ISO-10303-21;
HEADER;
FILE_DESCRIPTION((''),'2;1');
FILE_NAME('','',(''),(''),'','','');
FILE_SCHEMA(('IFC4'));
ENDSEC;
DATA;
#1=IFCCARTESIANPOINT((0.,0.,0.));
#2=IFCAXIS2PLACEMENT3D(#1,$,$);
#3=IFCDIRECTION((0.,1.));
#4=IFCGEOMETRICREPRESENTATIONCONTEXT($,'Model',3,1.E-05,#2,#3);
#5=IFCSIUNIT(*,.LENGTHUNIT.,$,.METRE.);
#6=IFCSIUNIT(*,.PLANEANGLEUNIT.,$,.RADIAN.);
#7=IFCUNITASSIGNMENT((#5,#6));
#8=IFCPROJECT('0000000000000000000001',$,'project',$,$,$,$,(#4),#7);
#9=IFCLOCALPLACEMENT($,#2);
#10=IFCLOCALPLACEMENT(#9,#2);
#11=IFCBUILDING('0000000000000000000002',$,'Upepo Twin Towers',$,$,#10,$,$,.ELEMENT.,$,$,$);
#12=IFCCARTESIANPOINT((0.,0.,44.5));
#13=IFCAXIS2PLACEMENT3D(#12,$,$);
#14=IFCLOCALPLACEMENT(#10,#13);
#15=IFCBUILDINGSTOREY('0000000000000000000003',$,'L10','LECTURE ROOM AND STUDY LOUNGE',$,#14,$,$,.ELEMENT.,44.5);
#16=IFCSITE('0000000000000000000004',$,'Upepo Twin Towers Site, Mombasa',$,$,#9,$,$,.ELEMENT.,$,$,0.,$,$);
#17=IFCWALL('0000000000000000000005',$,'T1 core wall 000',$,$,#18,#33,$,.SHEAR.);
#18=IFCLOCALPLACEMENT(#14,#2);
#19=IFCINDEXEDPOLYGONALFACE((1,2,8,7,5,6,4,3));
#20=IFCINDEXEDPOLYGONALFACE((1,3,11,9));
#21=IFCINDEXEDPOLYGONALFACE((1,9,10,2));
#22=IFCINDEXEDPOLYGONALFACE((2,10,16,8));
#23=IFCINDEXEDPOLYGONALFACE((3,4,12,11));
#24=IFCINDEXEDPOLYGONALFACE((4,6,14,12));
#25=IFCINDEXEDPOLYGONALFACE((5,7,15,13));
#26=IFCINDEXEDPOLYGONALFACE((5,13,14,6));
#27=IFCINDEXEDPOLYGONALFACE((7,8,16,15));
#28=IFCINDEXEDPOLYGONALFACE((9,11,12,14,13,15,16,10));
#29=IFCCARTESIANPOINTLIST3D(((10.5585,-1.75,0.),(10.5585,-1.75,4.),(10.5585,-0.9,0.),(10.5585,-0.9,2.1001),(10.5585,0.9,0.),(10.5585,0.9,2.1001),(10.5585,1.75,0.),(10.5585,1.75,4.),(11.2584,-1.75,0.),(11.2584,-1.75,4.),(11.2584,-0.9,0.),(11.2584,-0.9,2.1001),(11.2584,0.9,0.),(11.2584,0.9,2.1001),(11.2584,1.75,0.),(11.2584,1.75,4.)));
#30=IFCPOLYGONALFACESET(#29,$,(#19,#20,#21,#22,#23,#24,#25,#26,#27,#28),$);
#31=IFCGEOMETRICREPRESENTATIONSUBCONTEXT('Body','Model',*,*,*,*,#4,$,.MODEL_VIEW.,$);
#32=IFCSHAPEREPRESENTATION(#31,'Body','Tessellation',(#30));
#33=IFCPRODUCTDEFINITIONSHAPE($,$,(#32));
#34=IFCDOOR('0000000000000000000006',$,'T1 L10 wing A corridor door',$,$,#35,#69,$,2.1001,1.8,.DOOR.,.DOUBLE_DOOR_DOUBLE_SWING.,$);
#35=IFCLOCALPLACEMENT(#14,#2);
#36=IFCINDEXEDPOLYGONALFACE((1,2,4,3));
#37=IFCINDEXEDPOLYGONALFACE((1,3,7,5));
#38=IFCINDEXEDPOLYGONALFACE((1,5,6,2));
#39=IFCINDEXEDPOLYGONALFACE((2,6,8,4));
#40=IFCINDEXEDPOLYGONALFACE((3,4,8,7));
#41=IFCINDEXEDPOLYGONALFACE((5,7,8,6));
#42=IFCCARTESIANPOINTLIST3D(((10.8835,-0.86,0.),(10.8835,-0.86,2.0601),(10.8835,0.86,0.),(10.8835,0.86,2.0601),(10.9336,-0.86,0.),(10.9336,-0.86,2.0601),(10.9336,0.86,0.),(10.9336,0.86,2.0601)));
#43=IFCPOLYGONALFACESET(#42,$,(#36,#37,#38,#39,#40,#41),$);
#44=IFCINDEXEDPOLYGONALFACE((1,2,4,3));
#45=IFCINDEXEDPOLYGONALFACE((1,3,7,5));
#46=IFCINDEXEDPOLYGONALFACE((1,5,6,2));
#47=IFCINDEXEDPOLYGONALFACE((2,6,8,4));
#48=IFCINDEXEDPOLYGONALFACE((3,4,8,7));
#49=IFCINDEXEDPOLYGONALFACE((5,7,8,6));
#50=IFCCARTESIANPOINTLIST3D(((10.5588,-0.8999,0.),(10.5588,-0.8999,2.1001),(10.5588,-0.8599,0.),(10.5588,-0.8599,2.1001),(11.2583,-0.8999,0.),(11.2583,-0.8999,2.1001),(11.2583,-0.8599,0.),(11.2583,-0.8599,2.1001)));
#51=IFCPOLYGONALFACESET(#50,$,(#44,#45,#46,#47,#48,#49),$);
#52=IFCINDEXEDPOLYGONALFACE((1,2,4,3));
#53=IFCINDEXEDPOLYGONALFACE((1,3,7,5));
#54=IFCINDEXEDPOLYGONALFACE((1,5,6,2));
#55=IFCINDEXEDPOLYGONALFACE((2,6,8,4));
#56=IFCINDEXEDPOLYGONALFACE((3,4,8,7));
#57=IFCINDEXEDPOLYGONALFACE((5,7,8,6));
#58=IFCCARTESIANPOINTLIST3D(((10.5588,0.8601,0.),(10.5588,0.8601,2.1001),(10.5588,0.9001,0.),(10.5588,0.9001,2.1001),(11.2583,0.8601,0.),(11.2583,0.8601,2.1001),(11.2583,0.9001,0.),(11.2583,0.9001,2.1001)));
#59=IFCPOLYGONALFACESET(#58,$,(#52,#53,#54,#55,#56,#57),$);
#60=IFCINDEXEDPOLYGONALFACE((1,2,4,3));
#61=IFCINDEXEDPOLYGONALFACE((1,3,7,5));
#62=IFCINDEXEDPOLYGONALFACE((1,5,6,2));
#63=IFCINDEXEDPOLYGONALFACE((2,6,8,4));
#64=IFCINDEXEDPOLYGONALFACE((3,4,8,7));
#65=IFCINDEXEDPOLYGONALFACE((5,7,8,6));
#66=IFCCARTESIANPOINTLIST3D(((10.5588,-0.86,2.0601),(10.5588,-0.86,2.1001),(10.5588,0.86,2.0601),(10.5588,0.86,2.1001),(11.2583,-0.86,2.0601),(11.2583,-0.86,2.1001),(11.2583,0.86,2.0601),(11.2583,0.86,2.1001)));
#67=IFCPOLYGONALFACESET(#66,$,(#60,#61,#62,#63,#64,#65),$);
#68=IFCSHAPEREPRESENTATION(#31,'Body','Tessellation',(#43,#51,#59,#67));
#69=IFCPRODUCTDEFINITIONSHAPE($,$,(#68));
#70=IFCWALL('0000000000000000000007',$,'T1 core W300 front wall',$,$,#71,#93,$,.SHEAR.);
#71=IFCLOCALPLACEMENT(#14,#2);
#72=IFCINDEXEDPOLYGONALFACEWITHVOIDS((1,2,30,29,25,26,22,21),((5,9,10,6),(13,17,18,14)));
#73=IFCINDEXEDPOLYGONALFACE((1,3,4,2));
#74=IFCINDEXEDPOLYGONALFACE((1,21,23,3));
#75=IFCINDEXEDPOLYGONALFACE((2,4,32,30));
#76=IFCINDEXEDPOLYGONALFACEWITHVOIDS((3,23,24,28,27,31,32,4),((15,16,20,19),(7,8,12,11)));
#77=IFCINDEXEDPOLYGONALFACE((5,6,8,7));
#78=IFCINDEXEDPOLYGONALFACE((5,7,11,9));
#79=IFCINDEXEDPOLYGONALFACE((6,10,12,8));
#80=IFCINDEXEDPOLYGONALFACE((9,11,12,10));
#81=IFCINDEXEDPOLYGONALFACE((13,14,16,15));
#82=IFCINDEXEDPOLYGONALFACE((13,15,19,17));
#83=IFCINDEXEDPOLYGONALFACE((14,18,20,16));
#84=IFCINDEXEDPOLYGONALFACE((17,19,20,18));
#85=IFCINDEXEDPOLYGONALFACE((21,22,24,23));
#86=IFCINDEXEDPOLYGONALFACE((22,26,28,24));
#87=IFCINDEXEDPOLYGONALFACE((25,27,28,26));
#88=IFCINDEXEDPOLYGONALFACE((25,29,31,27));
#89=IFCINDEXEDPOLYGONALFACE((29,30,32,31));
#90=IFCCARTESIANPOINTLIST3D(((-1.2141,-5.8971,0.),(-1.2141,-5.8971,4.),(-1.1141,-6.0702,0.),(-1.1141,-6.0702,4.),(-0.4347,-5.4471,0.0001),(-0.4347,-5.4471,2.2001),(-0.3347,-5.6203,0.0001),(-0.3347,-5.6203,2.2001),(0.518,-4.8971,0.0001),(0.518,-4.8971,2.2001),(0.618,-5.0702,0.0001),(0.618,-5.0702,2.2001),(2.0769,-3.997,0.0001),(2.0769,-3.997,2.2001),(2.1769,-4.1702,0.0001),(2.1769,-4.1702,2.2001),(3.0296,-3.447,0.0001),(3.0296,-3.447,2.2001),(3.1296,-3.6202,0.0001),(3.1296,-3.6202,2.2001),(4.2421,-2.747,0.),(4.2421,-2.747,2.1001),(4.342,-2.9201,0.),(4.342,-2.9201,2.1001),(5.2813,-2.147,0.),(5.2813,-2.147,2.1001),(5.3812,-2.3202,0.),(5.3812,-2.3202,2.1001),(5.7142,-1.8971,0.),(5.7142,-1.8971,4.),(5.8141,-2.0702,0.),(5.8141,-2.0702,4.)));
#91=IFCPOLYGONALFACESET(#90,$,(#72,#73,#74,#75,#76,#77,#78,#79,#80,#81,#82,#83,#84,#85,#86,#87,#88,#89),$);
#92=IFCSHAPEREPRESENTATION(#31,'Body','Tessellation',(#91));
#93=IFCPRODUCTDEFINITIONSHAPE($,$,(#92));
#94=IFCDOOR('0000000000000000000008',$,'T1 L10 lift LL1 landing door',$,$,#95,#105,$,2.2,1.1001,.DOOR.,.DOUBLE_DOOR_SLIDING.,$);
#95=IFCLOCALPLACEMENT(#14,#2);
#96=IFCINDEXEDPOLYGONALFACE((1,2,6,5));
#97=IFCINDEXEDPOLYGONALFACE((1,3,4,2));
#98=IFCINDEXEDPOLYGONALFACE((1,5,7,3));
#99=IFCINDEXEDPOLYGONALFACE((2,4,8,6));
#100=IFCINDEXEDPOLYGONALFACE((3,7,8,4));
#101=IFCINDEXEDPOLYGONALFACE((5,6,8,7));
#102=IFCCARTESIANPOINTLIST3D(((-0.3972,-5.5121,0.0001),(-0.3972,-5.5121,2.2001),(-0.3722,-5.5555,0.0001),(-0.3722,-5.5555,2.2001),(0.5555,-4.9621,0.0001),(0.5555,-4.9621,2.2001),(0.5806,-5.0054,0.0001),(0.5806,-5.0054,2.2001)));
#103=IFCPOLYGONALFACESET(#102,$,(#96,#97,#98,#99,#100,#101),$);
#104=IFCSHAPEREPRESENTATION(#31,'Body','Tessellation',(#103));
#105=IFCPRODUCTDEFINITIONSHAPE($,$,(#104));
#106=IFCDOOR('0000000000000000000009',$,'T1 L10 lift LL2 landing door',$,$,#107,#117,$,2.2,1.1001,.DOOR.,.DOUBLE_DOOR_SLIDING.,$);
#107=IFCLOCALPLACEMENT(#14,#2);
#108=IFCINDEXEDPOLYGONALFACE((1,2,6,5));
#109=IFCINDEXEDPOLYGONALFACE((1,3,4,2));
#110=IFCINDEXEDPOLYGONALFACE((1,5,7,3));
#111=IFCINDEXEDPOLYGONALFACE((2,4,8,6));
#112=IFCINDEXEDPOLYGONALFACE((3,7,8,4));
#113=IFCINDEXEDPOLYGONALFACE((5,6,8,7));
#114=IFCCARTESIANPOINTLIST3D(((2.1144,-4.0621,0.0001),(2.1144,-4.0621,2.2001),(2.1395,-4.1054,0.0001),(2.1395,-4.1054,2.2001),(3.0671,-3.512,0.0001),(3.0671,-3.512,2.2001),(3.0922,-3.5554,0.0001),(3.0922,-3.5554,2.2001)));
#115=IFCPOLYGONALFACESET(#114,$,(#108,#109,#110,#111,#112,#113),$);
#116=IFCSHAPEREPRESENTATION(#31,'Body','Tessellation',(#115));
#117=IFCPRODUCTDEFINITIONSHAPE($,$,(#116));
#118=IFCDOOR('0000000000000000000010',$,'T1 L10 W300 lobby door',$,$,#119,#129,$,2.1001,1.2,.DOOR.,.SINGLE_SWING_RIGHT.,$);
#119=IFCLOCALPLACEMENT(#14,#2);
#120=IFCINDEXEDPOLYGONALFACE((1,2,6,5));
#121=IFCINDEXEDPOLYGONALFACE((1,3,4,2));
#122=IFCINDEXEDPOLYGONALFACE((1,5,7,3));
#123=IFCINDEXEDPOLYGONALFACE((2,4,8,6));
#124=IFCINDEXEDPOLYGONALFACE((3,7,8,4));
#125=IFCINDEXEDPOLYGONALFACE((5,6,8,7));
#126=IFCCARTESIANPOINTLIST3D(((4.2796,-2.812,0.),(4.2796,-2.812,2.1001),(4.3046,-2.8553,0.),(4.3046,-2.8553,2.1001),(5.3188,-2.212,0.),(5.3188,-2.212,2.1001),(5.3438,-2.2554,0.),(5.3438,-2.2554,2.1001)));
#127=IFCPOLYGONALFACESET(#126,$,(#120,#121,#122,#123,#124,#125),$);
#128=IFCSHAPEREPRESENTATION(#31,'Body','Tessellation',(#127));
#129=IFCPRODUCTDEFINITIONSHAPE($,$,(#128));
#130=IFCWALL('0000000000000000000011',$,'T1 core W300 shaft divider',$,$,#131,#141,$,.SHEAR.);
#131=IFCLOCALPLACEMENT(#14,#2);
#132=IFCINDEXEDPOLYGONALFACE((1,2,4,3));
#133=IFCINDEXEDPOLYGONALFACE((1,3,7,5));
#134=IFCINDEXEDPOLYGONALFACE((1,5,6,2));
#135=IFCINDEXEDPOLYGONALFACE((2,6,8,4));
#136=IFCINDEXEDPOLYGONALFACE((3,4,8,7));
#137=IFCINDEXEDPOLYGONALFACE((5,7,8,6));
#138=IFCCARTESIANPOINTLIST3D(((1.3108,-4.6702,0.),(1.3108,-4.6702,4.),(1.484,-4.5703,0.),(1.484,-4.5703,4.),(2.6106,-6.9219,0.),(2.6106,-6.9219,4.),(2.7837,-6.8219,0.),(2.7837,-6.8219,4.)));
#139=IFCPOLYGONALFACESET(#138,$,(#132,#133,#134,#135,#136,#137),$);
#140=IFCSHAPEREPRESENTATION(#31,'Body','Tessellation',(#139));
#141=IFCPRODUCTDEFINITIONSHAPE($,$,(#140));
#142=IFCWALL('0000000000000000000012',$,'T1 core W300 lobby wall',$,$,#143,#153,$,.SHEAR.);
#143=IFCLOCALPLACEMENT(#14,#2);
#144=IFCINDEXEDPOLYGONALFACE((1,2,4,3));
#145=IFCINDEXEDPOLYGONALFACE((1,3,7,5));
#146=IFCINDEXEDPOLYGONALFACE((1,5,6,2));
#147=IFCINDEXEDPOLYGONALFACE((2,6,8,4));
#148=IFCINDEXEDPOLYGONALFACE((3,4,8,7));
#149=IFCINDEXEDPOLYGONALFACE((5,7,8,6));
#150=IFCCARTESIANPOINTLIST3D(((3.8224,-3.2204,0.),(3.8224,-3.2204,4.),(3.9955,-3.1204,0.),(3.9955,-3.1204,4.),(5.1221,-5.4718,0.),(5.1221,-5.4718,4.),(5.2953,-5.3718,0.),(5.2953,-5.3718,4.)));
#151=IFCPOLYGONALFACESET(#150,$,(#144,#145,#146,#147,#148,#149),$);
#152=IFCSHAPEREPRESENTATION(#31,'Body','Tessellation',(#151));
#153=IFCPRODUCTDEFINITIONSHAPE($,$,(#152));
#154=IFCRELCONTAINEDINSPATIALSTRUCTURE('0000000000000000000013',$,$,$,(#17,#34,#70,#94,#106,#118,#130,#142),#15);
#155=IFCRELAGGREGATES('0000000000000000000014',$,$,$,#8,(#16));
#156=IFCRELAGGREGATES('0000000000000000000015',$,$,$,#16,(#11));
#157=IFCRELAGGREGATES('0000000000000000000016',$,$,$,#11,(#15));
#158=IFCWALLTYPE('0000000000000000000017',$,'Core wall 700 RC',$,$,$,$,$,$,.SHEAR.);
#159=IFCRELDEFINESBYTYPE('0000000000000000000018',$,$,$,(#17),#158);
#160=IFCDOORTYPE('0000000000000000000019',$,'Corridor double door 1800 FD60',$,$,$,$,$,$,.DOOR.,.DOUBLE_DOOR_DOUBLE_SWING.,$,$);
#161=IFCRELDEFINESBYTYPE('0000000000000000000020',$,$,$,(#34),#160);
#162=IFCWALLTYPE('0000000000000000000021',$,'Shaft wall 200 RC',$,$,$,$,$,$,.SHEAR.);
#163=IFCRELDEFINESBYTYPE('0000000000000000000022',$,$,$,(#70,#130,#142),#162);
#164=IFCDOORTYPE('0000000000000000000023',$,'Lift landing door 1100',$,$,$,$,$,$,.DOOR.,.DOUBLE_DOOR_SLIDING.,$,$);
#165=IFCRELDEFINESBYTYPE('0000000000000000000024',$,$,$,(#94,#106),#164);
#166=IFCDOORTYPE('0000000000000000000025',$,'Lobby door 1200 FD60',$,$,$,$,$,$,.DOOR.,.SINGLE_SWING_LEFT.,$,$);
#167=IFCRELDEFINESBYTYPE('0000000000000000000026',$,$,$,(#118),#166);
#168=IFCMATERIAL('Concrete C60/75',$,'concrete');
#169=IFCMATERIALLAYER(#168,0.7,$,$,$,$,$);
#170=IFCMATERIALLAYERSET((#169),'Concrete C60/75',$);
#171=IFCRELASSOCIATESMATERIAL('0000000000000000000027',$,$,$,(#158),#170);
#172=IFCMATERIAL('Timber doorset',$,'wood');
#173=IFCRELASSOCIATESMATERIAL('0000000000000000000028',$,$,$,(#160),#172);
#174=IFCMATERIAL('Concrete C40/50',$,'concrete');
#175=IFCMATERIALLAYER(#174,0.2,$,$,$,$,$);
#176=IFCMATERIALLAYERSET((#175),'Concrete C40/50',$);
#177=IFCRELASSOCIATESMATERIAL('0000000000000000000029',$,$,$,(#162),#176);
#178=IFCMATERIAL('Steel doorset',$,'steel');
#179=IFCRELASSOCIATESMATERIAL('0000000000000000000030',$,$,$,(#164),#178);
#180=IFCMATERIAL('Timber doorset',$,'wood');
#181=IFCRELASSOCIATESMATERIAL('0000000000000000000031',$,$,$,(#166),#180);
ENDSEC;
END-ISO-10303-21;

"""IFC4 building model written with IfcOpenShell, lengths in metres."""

from ifc_helpers import new_model, si_unit, direction, frame, frame_2d, origin, place, context, subcontext, project, spatial, rectangle, extrude, material, layer, layer_set, type_object, element, fill, save


model = new_model("IFC4")

# Units and contexts
model_context = context("Model", 3, precision=1e-05, world=origin(), true_north=direction((0.0, 1.0)))
body_context = subcontext(model_context, "Body", "Model", "MODEL_VIEW")
ifc_project = project(units=[si_unit("LENGTHUNIT", "METRE"), si_unit("PLANEANGLEUNIT", "RADIAN")], contexts=[model_context])

# Site, building, storey
site_placement = place(None, origin())
site = spatial("IfcSite", under=ifc_project, at=site_placement, Name="Upepo Twin Towers Site, Mombasa", CompositionType="ELEMENT", RefElevation=0.0)
building_placement = place(site_placement, origin())
building = spatial("IfcBuilding", under=site, at=building_placement, Name="Upepo Twin Towers", CompositionType="ELEMENT")
storey_placement = place(building_placement, frame((0.0, 0.0, 44.5)))
storey = spatial("IfcBuildingStorey", under=building, at=storey_placement, Name="L10", Description="LECTURE ROOM AND STUDY LOUNGE", CompositionType="ELEMENT", Elevation=44.5)

# Shared definitions
ifc_material_1 = material(Name="Concrete C60/75", Category="concrete")
ifc_layer_1 = layer(ifc_material_1, 0.7)
ifc_layer_set_1 = layer_set([ifc_layer_1], Name="Concrete C60/75")
wall_type_1 = type_object("IfcWallType", Name="Core wall 700 RC", PredefinedType="SHEAR", material=ifc_layer_set_1)

# Wall, opening, door
wall_1_placement = place(storey_placement, frame((10.9084, -1.75, 0.0), z_axis=(0.0, 0.0, 1.0), x_axis=(0.0, 1.0, 0.0)))
wall_1 = element("IfcWall", 1, at=wall_1_placement, inside=storey, type_object=wall_type_1, Name="T1 core wall 000", PredefinedType="SHEAR", context=body_context, shape_type="SweptSolid", body=[
    extrude(rectangle(XDim=3.5, YDim=0.7, at=frame_2d((1.75, 0.0))), origin(), (0.0, 0.0, 1.0), 4.0),
])
opening_1_placement = place(wall_1_placement, frame((0.8501, 0.0, 0.0)))
opening_1 = element("IfcOpeningElement", 2, at=opening_1_placement, cuts=wall_1, PredefinedType="OPENING", context=body_context, shape_type="SweptSolid", body=[
    extrude(rectangle(XDim=1.8, YDim=2.1001, at=frame_2d((0.8999, 1.05))), frame((0.0, 0.3599, 0.0), z_axis=(0.0, -1.0, 0.0), x_axis=(1.0, 0.0, 0.0)), (0.0, 0.0, 1.0), 0.72),
])
ifc_material_2 = material(Name="Timber doorset", Category="wood")
door_type_1 = type_object("IfcDoorType", Name="Corridor double door 1800 FD60", OperationType="DOUBLE_DOOR_DOUBLE_SWING", PredefinedType="DOOR", material=ifc_material_2)
door_1_placement = place(opening_1_placement, origin())
door_1 = element("IfcDoor", 3, at=door_1_placement, inside=storey, type_object=door_type_1, Name="T1 L10 wing A corridor door", OperationType="DOUBLE_DOOR_DOUBLE_SWING", OverallHeight=2.1001, OverallWidth=1.8, PredefinedType="DOOR", context=body_context, shape_type="SweptSolid", body=[
    extrude(rectangle(XDim=1.72, YDim=2.0601, at=frame_2d((0.8999, 1.03))), frame((0.0, 0.0249, 0.0), z_axis=(0.0, -1.0, 0.0), x_axis=(1.0, 0.0, 0.0)), (0.0, 0.0, 1.0), 0.05),
    extrude(rectangle(XDim=0.04, YDim=2.1001, at=frame_2d((0.02, 1.05))), frame((0.0, 0.3496, 0.0), z_axis=(0.0, -1.0, 0.0), x_axis=(1.0, 0.0, 0.0)), (0.0, 0.0, 1.0), 0.6995),
    extrude(rectangle(XDim=0.04, YDim=2.1001, at=frame_2d((1.78, 1.05))), frame((0.0, 0.3496, 0.0), z_axis=(0.0, -1.0, 0.0), x_axis=(1.0, 0.0, 0.0)), (0.0, 0.0, 1.0), 0.6995),
    extrude(rectangle(XDim=1.72, YDim=0.04, at=frame_2d((0.8999, 2.0801))), frame((0.0, 0.3496, 0.0), z_axis=(0.0, -1.0, 0.0), x_axis=(1.0, 0.0, 0.0)), (0.0, 0.0, 1.0), 0.6995),
])
fill(opening_1, door_1)

# Wall, openings, doors
ifc_material_3 = material(Name="Concrete C40/50", Category="concrete")
ifc_layer_2 = layer(ifc_material_3, 0.2)
ifc_layer_set_2 = layer_set([ifc_layer_2], Name="Concrete C40/50")
wall_type_2 = type_object("IfcWallType", Name="Shaft wall 200 RC", PredefinedType="SHEAR", material=ifc_layer_set_2)
wall_2_placement = place(storey_placement, frame((-1.1641, -5.9836, 0.0), z_axis=(0.0, 0.0, 1.0), x_axis=(0.866026, 0.499999, 0.0)))
wall_2 = element("IfcWall", 4, at=wall_2_placement, inside=storey, type_object=wall_type_2, Name="T1 core W300 front wall", PredefinedType="SHEAR", context=body_context, shape_type="SweptSolid", body=[
    extrude(rectangle(XDim=8.0, YDim=0.2, at=frame_2d((4.0, 0.0))), origin(), (0.0, 0.0, 1.0), 4.0),
])
opening_2_placement = place(wall_2_placement, frame((6.3, 0.0, 0.0)))
opening_2 = element("IfcOpeningElement", 5, at=opening_2_placement, cuts=wall_2, PredefinedType="OPENING", context=body_context, shape_type="SweptSolid", body=[
    extrude(rectangle(XDim=1.2, YDim=2.1001, at=frame_2d((0.6001, 1.05))), frame((0.0, 0.1099, 0.0), z_axis=(0.0, -1.0, 0.0), x_axis=(1.0, 0.0, 0.0)), (0.0, 0.0, 1.0), 0.22),
])
opening_3_placement = place(wall_2_placement, frame((0.8999, 0.0, 0.0)))
opening_3 = element("IfcOpeningElement", 6, at=opening_3_placement, cuts=wall_2, PredefinedType="OPENING", context=body_context, shape_type="SweptSolid", body=[
    extrude(rectangle(XDim=1.1001, YDim=2.2, at=frame_2d((0.55, 1.1001))), frame((0.0, 0.1099, 0.0), z_axis=(0.0, -1.0, 0.0), x_axis=(1.0, 0.0, 0.0)), (0.0, 0.0, 1.0), 0.22),
])
opening_4_placement = place(wall_2_placement, frame((3.8, 0.0, 0.0)))
opening_4 = element("IfcOpeningElement", 7, at=opening_4_placement, cuts=wall_2, PredefinedType="OPENING", context=body_context, shape_type="SweptSolid", body=[
    extrude(rectangle(XDim=1.1001, YDim=2.2, at=frame_2d((0.55, 1.1001))), frame((0.0, 0.1099, 0.0), z_axis=(0.0, -1.0, 0.0), x_axis=(1.0, 0.0, 0.0)), (0.0, 0.0, 1.0), 0.22),
])
ifc_material_4 = material(Name="Steel doorset", Category="steel")
door_type_2 = type_object("IfcDoorType", Name="Lift landing door 1100", OperationType="DOUBLE_DOOR_SLIDING", PredefinedType="DOOR", material=ifc_material_4)
door_2_placement = place(opening_3_placement, origin())
door_2 = element("IfcDoor", 8, at=door_2_placement, inside=storey, type_object=door_type_2, Name="T1 L10 lift LL1 landing door", OperationType="DOUBLE_DOOR_SLIDING", OverallHeight=2.2, OverallWidth=1.1001, PredefinedType="DOOR", context=body_context, shape_type="SweptSolid", body=[
    extrude(rectangle(XDim=1.1001, YDim=2.2, at=frame_2d((0.55, 1.1001))), frame((0.0, 0.0249, 0.0), z_axis=(0.0, -1.0, 0.0), x_axis=(1.0, 0.0, 0.0)), (0.0, 0.0, 1.0), 0.05),
])
fill(opening_3, door_2)
door_3_placement = place(opening_4_placement, origin())
door_3 = element("IfcDoor", 9, at=door_3_placement, inside=storey, type_object=door_type_2, Name="T1 L10 lift LL2 landing door", OperationType="DOUBLE_DOOR_SLIDING", OverallHeight=2.2, OverallWidth=1.1001, PredefinedType="DOOR", context=body_context, shape_type="SweptSolid", body=[
    extrude(rectangle(XDim=1.1001, YDim=2.2, at=frame_2d((0.55, 1.1001))), frame((0.0, 0.0249, 0.0), z_axis=(0.0, -1.0, 0.0), x_axis=(1.0, 0.0, 0.0)), (0.0, 0.0, 1.0), 0.05),
])
fill(opening_4, door_3)
ifc_material_5 = material(Name="Timber doorset", Category="wood")
door_type_3 = type_object("IfcDoorType", Name="Lobby door 1200 FD60", OperationType="SINGLE_SWING_LEFT", PredefinedType="DOOR", material=ifc_material_5)
door_4_placement = place(opening_2_placement, origin())
door_4 = element("IfcDoor", 10, at=door_4_placement, inside=storey, type_object=door_type_3, Name="T1 L10 W300 lobby door", OperationType="SINGLE_SWING_RIGHT", OverallHeight=2.1001, OverallWidth=1.2, PredefinedType="DOOR", context=body_context, shape_type="SweptSolid", body=[
    extrude(rectangle(XDim=1.2, YDim=2.1001, at=frame_2d((0.6001, 1.05))), frame((0.0, 0.0249, 0.0), z_axis=(0.0, -1.0, 0.0), x_axis=(1.0, 0.0, 0.0)), (0.0, 0.0, 1.0), 0.05),
])
fill(opening_2, door_4)

# Walls
wall_3_placement = place(storey_placement, frame((1.3975, -4.6204, 0.0), z_axis=(0.0, 0.0, 1.0), x_axis=(0.499937, -0.866062, 0.0)))
element("IfcWall", 11, at=wall_3_placement, inside=storey, type_object=wall_type_2, Name="T1 core W300 shaft divider", PredefinedType="SHEAR", context=body_context, shape_type="SweptSolid", body=[
    extrude(rectangle(XDim=2.5999, YDim=0.2, at=frame_2d((1.2998, 0.0))), origin(), (0.0, 0.0, 1.0), 4.0),
])
wall_4_placement = place(storey_placement, frame((3.9089, -3.1704, 0.0), z_axis=(0.0, 0.0, 1.0), x_axis=(0.499977, -0.866039, 0.0)))
element("IfcWall", 12, at=wall_4_placement, inside=storey, type_object=wall_type_2, Name="T1 core W300 lobby wall", PredefinedType="SHEAR", context=body_context, shape_type="SweptSolid", body=[
    extrude(rectangle(XDim=2.5996, YDim=0.2, at=frame_2d((1.2998, 0.0))), origin(), (0.0, 0.0, 1.0), 4.0),
])

save(model, "model.ifc")
